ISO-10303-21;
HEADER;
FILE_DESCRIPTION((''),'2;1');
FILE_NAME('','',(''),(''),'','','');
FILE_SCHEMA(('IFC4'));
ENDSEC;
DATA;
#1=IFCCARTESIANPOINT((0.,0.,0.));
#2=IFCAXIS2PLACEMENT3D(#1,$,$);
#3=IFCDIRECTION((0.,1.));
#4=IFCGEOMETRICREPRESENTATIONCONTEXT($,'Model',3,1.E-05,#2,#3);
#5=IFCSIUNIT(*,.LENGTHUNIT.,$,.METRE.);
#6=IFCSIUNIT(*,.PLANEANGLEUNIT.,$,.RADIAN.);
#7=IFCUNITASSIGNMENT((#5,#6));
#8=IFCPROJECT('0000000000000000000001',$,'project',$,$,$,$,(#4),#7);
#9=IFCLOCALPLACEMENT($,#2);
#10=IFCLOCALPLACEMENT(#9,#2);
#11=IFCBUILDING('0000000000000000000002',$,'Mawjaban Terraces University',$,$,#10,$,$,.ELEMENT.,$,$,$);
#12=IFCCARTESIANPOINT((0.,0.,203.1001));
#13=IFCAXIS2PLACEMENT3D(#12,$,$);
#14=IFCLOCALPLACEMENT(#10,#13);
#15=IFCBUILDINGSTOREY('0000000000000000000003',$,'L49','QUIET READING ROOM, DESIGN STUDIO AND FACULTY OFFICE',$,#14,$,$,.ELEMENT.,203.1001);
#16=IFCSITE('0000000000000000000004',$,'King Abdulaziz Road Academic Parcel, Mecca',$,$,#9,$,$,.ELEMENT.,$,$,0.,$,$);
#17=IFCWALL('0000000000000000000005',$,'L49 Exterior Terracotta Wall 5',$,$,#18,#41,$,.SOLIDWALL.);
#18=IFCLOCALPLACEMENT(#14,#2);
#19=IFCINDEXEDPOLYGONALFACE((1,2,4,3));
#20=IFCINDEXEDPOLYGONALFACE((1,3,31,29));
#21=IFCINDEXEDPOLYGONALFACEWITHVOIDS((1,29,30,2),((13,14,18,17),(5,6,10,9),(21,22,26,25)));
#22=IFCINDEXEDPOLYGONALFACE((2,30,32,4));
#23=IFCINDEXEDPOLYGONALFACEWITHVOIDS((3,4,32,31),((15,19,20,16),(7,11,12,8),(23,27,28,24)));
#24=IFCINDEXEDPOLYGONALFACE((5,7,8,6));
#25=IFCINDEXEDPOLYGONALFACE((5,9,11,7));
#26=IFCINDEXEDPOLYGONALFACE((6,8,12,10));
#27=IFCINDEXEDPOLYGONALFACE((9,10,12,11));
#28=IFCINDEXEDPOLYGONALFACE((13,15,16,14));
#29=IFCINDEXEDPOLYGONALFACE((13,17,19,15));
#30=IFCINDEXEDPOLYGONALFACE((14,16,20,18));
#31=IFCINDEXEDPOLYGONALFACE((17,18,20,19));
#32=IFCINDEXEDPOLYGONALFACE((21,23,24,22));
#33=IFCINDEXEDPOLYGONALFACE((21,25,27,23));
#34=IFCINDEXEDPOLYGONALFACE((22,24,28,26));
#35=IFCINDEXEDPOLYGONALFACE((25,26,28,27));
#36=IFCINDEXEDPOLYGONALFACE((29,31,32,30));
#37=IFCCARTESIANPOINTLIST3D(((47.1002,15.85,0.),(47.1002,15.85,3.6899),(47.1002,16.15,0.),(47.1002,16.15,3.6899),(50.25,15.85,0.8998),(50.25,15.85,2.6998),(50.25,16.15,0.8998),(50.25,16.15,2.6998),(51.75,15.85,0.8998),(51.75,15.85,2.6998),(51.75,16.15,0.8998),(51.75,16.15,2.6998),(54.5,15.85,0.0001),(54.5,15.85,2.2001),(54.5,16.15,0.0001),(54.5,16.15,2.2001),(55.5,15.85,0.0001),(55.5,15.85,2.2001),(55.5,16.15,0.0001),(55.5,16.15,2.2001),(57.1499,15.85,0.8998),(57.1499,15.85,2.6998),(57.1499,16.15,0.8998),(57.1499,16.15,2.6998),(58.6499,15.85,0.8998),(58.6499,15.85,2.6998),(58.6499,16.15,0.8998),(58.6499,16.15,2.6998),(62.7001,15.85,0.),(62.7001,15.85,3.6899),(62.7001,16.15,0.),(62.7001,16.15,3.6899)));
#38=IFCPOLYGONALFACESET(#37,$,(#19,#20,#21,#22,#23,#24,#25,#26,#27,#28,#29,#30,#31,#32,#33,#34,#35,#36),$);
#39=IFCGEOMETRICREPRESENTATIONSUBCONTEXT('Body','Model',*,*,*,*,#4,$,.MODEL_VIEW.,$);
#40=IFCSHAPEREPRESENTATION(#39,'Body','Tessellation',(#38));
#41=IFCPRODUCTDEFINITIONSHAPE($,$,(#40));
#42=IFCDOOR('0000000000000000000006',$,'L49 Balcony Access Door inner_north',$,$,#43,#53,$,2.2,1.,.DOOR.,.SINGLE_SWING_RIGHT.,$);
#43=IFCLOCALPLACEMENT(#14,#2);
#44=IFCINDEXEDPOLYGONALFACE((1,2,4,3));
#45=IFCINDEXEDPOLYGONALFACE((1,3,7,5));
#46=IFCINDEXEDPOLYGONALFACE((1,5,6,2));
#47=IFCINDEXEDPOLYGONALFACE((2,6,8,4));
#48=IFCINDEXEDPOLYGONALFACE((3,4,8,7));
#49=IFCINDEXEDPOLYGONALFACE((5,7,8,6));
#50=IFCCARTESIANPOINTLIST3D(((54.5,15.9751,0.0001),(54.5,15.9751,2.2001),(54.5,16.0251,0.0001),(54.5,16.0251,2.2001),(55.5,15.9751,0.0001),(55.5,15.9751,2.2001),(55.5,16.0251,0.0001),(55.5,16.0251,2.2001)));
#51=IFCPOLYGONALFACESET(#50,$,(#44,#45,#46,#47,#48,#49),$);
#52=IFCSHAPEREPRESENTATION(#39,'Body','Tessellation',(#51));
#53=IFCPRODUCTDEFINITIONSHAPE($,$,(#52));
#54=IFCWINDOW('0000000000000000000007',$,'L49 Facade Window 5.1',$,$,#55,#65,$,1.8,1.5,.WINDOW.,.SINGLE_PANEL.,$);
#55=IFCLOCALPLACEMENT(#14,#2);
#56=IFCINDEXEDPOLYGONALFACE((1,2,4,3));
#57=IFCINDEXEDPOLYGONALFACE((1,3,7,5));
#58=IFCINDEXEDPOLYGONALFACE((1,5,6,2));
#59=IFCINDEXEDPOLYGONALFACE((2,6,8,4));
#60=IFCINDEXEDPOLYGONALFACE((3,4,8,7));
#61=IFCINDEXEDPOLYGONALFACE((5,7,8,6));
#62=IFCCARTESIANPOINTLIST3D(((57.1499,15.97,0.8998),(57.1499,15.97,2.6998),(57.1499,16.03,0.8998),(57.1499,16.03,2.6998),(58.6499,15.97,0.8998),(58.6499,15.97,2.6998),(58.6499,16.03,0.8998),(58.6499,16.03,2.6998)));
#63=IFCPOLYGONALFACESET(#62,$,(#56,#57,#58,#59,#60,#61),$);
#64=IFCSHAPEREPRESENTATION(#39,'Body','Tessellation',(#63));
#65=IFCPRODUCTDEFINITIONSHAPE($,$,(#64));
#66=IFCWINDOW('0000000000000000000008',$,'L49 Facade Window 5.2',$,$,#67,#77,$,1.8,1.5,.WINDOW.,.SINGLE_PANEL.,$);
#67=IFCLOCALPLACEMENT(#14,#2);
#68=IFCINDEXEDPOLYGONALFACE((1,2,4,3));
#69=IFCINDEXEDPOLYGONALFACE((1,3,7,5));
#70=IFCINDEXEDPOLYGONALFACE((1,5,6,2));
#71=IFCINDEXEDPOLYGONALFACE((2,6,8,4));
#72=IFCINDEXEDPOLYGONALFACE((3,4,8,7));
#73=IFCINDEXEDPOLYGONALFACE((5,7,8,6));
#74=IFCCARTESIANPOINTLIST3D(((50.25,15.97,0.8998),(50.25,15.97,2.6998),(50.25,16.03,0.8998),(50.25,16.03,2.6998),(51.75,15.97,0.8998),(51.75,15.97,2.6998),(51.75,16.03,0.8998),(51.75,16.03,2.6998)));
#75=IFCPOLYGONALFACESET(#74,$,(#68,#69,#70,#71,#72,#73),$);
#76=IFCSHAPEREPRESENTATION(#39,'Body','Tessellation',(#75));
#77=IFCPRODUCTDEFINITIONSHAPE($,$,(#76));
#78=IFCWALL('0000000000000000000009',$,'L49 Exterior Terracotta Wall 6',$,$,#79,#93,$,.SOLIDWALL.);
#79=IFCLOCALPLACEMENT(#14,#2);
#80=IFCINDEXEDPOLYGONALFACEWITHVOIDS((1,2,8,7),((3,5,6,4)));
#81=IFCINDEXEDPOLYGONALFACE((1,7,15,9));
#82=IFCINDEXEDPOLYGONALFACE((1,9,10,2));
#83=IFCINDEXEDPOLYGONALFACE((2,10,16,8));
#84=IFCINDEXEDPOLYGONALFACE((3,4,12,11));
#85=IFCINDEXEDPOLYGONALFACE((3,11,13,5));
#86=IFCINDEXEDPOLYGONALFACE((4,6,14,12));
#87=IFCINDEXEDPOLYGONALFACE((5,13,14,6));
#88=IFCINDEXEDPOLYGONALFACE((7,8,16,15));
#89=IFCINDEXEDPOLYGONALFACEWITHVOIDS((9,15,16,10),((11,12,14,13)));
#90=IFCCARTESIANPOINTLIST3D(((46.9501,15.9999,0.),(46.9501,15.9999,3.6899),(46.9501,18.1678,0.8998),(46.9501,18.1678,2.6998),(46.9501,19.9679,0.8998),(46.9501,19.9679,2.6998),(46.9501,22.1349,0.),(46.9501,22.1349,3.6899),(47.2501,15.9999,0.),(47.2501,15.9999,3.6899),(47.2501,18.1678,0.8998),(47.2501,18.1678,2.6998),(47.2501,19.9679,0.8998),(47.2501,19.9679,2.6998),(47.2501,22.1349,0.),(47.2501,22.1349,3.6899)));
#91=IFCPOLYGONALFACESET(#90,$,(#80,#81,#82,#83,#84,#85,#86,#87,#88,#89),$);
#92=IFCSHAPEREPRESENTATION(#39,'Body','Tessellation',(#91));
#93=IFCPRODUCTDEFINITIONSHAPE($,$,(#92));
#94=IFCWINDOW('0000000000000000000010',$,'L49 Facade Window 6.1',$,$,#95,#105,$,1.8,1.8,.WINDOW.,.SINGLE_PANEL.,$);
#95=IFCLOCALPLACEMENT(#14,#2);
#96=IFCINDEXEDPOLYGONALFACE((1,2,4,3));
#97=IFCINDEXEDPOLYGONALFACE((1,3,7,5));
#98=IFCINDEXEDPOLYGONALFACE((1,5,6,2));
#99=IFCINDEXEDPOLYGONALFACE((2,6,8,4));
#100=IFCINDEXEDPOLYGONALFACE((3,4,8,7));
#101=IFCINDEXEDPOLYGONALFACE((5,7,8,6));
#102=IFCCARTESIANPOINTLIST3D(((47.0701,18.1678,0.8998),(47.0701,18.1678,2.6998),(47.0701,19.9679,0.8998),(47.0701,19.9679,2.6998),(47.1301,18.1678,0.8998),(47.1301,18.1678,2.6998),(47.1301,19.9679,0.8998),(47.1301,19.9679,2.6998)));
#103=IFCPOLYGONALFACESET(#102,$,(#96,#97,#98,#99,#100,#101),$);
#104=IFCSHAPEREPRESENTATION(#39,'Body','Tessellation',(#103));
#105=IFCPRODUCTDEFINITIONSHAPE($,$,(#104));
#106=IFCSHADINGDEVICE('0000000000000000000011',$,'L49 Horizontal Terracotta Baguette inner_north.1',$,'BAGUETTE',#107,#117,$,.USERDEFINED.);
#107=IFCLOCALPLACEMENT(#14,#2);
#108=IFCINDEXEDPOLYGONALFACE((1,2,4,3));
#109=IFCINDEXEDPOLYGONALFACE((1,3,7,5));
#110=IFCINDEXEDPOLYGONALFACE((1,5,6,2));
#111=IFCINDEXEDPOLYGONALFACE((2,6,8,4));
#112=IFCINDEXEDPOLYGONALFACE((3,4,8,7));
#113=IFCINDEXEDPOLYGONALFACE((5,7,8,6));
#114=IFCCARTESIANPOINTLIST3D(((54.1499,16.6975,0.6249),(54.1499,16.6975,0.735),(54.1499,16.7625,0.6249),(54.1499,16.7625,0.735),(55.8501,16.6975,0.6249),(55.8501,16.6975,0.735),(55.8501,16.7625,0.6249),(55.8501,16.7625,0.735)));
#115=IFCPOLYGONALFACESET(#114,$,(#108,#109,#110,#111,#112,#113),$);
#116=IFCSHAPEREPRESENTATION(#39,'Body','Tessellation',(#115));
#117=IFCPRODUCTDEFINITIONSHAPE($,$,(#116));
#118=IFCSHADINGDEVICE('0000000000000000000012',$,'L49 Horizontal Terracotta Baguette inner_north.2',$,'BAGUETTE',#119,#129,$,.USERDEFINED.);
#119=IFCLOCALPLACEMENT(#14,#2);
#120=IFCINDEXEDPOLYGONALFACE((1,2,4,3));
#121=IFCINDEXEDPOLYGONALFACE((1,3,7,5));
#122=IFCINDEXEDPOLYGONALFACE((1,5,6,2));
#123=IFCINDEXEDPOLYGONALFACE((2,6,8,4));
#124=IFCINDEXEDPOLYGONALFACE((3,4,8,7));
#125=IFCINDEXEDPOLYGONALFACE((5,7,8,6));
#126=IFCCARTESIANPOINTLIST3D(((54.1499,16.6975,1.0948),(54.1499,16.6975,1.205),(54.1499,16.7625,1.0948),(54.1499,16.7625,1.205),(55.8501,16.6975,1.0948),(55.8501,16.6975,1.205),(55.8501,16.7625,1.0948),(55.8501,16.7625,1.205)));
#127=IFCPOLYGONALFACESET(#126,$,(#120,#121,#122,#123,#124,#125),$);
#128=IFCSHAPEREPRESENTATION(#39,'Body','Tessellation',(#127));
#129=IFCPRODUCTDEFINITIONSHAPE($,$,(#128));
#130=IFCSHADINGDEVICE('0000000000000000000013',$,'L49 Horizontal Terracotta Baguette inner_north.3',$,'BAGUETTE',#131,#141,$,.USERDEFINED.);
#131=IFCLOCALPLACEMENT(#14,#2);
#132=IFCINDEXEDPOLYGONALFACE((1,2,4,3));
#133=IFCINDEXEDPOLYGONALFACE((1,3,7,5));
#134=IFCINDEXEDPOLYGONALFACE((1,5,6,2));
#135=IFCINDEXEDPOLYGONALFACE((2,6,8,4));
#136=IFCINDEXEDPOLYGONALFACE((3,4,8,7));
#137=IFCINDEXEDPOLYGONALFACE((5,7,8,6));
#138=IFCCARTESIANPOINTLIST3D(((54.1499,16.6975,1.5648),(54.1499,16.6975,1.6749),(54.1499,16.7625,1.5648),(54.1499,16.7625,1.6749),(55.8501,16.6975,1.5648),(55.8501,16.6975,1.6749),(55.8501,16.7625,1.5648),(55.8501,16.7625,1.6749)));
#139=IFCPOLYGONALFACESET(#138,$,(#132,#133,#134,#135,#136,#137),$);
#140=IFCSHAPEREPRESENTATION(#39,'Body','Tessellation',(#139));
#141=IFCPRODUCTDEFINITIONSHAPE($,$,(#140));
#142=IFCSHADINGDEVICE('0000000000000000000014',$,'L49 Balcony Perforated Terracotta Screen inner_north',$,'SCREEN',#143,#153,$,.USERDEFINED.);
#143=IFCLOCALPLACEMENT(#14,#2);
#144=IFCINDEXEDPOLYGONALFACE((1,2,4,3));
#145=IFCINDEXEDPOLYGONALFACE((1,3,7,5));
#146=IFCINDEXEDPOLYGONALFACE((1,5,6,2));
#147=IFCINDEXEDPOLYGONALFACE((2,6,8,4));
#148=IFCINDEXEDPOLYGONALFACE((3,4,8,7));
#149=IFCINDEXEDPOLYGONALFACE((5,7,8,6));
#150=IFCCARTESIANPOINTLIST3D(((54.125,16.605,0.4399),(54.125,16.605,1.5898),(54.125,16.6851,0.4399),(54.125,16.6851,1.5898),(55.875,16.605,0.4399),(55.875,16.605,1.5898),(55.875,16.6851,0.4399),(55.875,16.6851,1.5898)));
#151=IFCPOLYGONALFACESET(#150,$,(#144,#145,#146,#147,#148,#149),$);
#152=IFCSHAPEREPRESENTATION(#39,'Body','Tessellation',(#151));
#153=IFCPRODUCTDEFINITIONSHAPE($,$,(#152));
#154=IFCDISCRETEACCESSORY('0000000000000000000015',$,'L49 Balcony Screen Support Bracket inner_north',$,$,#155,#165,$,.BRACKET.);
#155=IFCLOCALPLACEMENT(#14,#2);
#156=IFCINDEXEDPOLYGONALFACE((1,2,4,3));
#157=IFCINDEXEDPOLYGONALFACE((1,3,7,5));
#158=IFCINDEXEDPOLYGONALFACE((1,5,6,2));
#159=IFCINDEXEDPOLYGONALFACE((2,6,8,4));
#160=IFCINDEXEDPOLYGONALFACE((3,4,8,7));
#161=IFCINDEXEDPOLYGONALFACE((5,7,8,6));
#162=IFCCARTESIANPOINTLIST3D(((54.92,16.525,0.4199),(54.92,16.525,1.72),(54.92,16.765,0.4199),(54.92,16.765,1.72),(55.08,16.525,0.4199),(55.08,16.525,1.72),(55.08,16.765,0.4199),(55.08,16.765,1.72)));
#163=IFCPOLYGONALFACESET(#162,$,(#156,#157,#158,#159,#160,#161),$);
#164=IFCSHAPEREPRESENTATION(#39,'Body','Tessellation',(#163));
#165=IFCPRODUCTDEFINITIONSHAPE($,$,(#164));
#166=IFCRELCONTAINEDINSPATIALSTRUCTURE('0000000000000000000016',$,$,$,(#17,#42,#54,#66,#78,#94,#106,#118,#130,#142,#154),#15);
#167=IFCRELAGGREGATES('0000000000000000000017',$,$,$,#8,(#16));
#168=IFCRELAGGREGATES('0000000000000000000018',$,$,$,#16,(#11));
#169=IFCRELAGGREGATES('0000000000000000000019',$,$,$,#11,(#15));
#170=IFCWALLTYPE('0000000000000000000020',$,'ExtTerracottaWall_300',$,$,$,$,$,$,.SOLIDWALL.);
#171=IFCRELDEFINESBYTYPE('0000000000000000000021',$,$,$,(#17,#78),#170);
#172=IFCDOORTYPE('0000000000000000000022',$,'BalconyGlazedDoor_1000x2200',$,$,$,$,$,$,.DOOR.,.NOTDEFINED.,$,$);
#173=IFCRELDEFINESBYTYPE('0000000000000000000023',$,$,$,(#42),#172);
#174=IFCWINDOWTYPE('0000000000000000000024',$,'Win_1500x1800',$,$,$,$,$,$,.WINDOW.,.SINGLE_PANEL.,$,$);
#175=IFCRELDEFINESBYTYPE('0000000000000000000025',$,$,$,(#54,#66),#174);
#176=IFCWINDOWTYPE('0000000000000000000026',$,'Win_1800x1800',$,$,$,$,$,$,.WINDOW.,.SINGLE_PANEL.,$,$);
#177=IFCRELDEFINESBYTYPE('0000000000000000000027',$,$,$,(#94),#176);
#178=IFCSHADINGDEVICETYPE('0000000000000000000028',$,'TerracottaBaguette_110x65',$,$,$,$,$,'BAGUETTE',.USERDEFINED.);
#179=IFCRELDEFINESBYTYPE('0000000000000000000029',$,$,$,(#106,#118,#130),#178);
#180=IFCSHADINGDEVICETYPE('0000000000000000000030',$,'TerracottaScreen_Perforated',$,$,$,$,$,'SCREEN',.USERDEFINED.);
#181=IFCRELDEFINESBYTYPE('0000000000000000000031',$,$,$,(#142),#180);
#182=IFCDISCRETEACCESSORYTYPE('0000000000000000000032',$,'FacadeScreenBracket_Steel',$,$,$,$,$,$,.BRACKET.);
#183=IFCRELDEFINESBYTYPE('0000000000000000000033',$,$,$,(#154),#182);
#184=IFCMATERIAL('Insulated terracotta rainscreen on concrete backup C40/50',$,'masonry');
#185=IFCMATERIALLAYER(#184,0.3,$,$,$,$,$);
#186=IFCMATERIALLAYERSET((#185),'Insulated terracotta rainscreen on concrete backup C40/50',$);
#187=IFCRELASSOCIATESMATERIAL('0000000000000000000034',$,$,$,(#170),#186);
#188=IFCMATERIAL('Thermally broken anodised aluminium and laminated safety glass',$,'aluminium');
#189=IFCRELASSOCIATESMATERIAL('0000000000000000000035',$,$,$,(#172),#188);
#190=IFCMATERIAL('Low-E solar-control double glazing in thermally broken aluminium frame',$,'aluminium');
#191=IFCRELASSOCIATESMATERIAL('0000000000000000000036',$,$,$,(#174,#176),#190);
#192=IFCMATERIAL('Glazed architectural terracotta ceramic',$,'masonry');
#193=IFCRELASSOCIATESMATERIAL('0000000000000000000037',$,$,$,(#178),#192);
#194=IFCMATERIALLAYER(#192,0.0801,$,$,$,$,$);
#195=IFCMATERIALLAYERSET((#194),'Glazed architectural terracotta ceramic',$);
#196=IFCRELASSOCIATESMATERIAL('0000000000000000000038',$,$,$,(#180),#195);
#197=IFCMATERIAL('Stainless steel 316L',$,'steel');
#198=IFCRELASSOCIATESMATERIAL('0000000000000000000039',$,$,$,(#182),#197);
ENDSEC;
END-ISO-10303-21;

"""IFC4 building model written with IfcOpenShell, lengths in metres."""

from ifc_helpers import new_model, si_unit, direction, frame, frame_2d, origin, origin_2d, place, context, subcontext, project, spatial, rectangle, extrude, material, layer, layer_set, material_profile, profile_set, type_object, element, fill, save


model = new_model("IFC4")

# Units and contexts
model_context = context("Model", 3, precision=1e-05, world=origin(), true_north=direction((0.0, 1.0)))
body_context = subcontext(model_context, "Body", "Model", "MODEL_VIEW")
ifc_project = project(units=[si_unit("LENGTHUNIT", "METRE"), si_unit("PLANEANGLEUNIT", "RADIAN")], contexts=[model_context])

# Site, building, storey
site_placement = place(None, origin())
site = spatial("IfcSite", under=ifc_project, at=site_placement, Name="King Abdulaziz Road Academic Parcel, Mecca", CompositionType="ELEMENT", RefElevation=0.0)
building_placement = place(site_placement, origin())
building = spatial("IfcBuilding", under=site, at=building_placement, Name="Mawjaban Terraces University", CompositionType="ELEMENT")
storey_placement = place(building_placement, frame((0.0, 0.0, 203.1001)))
storey = spatial("IfcBuildingStorey", under=building, at=storey_placement, Name="L49", Description="QUIET READING ROOM, DESIGN STUDIO AND FACULTY OFFICE", CompositionType="ELEMENT", Elevation=203.1001)

# Wall, openings, door, windows
ifc_material_1 = material(Name="Insulated terracotta rainscreen on concrete backup C40/50", Category="masonry")
ifc_layer_1 = layer(ifc_material_1, 0.3)
ifc_layer_set_1 = layer_set([ifc_layer_1], Name="Insulated terracotta rainscreen on concrete backup C40/50")
wall_type = type_object("IfcWallType", Name="ExtTerracottaWall_300", PredefinedType="SOLIDWALL", material=ifc_layer_set_1)
wall_1_placement = place(storey_placement, frame((62.7, 16.0, 0.0), z_axis=(0.0, 0.0, 1.0), x_axis=(-1.0, 0.0, 0.0)))
wall_1 = element("IfcWall", 1, at=wall_1_placement, inside=storey, type_object=wall_type, Name="L49 Exterior Terracotta Wall 5", PredefinedType="SOLIDWALL", context=body_context, shape_type="SweptSolid", body=[
    extrude(rectangle(XDim=15.5999, YDim=0.3, at=frame_2d((7.7998, 0.0))), origin(), (0.0, 0.0, 1.0), 3.6899),
])
opening_1_placement = place(wall_1_placement, frame((7.2, 0.0, 0.0)))
opening_1 = element("IfcOpeningElement", 2, at=opening_1_placement, cuts=wall_1, PredefinedType="OPENING", context=body_context, shape_type="SweptSolid", body=[
    extrude(rectangle(XDim=1.0, YDim=2.2, at=frame_2d((0.5, 1.1001))), frame((0.0, 0.1599, 0.0), z_axis=(0.0, -1.0, 0.0), x_axis=(1.0, 0.0, 0.0)), (0.0, 0.0, 1.0), 0.3201),
])
opening_2_placement = place(wall_1_placement, frame((4.05, 0.0, 0.8999)))
opening_2 = element("IfcOpeningElement", 3, at=opening_2_placement, cuts=wall_1, PredefinedType="OPENING", context=body_context, shape_type="SweptSolid", body=[
    extrude(rectangle(XDim=1.5, YDim=1.8, at=frame_2d((0.75, 0.8999))), frame((0.0, 0.1599, 0.0), z_axis=(0.0, -1.0, 0.0), x_axis=(1.0, 0.0, 0.0)), (0.0, 0.0, 1.0), 0.3201),
])
opening_3_placement = place(wall_1_placement, frame((10.95, 0.0, 0.8999)))
opening_3 = element("IfcOpeningElement", 4, at=opening_3_placement, cuts=wall_1, PredefinedType="OPENING", context=body_context, shape_type="SweptSolid", body=[
    extrude(rectangle(XDim=1.5, YDim=1.8, at=frame_2d((0.75, 0.8999))), frame((0.0, 0.1599, 0.0), z_axis=(0.0, -1.0, 0.0), x_axis=(1.0, 0.0, 0.0)), (0.0, 0.0, 1.0), 0.3201),
])
ifc_material_2 = material(Name="Thermally broken anodised aluminium and laminated safety glass", Category="aluminium")
door_type = type_object("IfcDoorType", Name="BalconyGlazedDoor_1000x2200", OperationType="NOTDEFINED", PredefinedType="DOOR", material=ifc_material_2)
door_placement = place(opening_1_placement, origin())
door = element("IfcDoor", 5, at=door_placement, inside=storey, type_object=door_type, Name="L49 Balcony Access Door inner_north", OperationType="SINGLE_SWING_RIGHT", OverallHeight=2.2, OverallWidth=1.0, PredefinedType="DOOR", context=body_context, shape_type="SweptSolid", body=[
    extrude(rectangle(XDim=1.0, YDim=2.2, at=frame_2d((0.5, 1.1001))), frame((0.0, 0.0249, 0.0), z_axis=(0.0, -1.0, 0.0), x_axis=(1.0, 0.0, 0.0)), (0.0, 0.0, 1.0), 0.05),
])
fill(opening_1, door)
ifc_material_3 = material(Name="Low-E solar-control double glazing in thermally broken aluminium frame", Category="aluminium")
window_type_1 = type_object("IfcWindowType", Name="Win_1500x1800", PartitioningType="SINGLE_PANEL", PredefinedType="WINDOW", material=ifc_material_3)
window_1_placement = place(opening_2_placement, origin())
window_1 = element("IfcWindow", 6, at=window_1_placement, inside=storey, type_object=window_type_1, Name="L49 Facade Window 5.1", OverallHeight=1.8, OverallWidth=1.5, PartitioningType="SINGLE_PANEL", PredefinedType="WINDOW", context=body_context, shape_type="SweptSolid", body=[
    extrude(rectangle(XDim=1.5, YDim=1.8, at=frame_2d((0.75, 0.8999))), frame((0.0, 0.03, 0.0), z_axis=(0.0, -1.0, 0.0), x_axis=(1.0, 0.0, 0.0)), (0.0, 0.0, 1.0), 0.0601),
])
fill(opening_2, window_1)
window_2_placement = place(opening_3_placement, origin())
window_2 = element("IfcWindow", 7, at=window_2_placement, inside=storey, type_object=window_type_1, Name="L49 Facade Window 5.2", OverallHeight=1.8, OverallWidth=1.5, PartitioningType="SINGLE_PANEL", PredefinedType="WINDOW", context=body_context, shape_type="SweptSolid", body=[
    extrude(rectangle(XDim=1.5, YDim=1.8, at=frame_2d((0.75, 0.8999))), frame((0.0, 0.03, 0.0), z_axis=(0.0, -1.0, 0.0), x_axis=(1.0, 0.0, 0.0)), (0.0, 0.0, 1.0), 0.0601),
])
fill(opening_3, window_2)

# Wall, opening, window
wall_2_placement = place(storey_placement, frame((47.1001, 16.0, 0.0), z_axis=(0.0, 0.0, 1.0), x_axis=(0.0, 1.0, 0.0)))
wall_2 = element("IfcWall", 8, at=wall_2_placement, inside=storey, type_object=wall_type, Name="L49 Exterior Terracotta Wall 6", PredefinedType="SOLIDWALL", context=body_context, shape_type="SweptSolid", body=[
    extrude(rectangle(XDim=6.135, YDim=0.3, at=frame_2d((3.0674, 0.0))), origin(), (0.0, 0.0, 1.0), 3.6899),
])
opening_4_placement = place(wall_2_placement, frame((2.168, 0.0, 0.8999)))
opening_4 = element("IfcOpeningElement", 9, at=opening_4_placement, cuts=wall_2, PredefinedType="OPENING", context=body_context, shape_type="SweptSolid", body=[
    extrude(rectangle(XDim=1.8, YDim=1.8, at=frame_2d((0.8999, 0.8999))), frame((0.0, 0.1599, 0.0), z_axis=(0.0, -1.0, 0.0), x_axis=(1.0, 0.0, 0.0)), (0.0, 0.0, 1.0), 0.3201),
])
window_type_2 = type_object("IfcWindowType", Name="Win_1800x1800", PartitioningType="SINGLE_PANEL", PredefinedType="WINDOW", material=ifc_material_3)
window_3_placement = place(opening_4_placement, origin())
window_3 = element("IfcWindow", 10, at=window_3_placement, inside=storey, type_object=window_type_2, Name="L49 Facade Window 6.1", OverallHeight=1.8, OverallWidth=1.8, PartitioningType="SINGLE_PANEL", PredefinedType="WINDOW", context=body_context, shape_type="SweptSolid", body=[
    extrude(rectangle(XDim=1.8, YDim=1.8, at=frame_2d((0.8999, 0.8999))), frame((0.0, 0.03, 0.0), z_axis=(0.0, -1.0, 0.0), x_axis=(1.0, 0.0, 0.0)), (0.0, 0.0, 1.0), 0.0601),
])
fill(opening_4, window_3)

# Shading devices
ifc_material_4 = material(Name="Glazed architectural terracotta ceramic", Category="masonry")
ifc_material_profile_1 = material_profile(ifc_material_4, rectangle(XDim=0.0649, YDim=0.1101, at=origin_2d()), Name="TBAG110X65")
ifc_profile_set_1 = profile_set([ifc_material_profile_1], Name="Glazed architectural terracotta ceramic")
shading_device_type_1 = type_object("IfcShadingDeviceType", Name="TerracottaBaguette_110x65", ElementType="BAGUETTE", PredefinedType="USERDEFINED", material=ifc_profile_set_1)
for number, where, z_axis, x_axis, name in (
    (11, (54.1499, 16.73, 0.6799), (1.0, 0.0, 0.0), (0.0, 1.0, 0.0), "L49 Horizontal Terracotta Baguette inner_north.1"),
    (12, (54.1499, 16.73, 1.1499), (1.0, 0.0, 0.0), (0.0, 1.0, 0.0), "L49 Horizontal Terracotta Baguette inner_north.2"),
    (13, (54.1499, 16.73, 1.6199), (1.0, 0.0, 0.0), (0.0, 1.0, 0.0), "L49 Horizontal Terracotta Baguette inner_north.3"),
):
    element("IfcShadingDevice", number, at=place(storey_placement, frame(where, z_axis=z_axis, x_axis=x_axis)), inside=storey, type_object=shading_device_type_1, Name=name, ObjectType="BAGUETTE", PredefinedType="USERDEFINED", context=body_context, shape_type="SweptSolid", body=[
        extrude(rectangle(XDim=0.0649, YDim=0.1101, at=origin_2d()), origin(), (0.0, 0.0, 1.0), 1.7002),
    ])
ifc_layer_2 = layer(ifc_material_4, 0.0801)
ifc_layer_set_2 = layer_set([ifc_layer_2], Name="Glazed architectural terracotta ceramic")
shading_device_type_2 = type_object("IfcShadingDeviceType", Name="TerracottaScreen_Perforated", ElementType="SCREEN", PredefinedType="USERDEFINED", material=ifc_layer_set_2)
shading_device_placement = place(storey_placement, frame((55.0, 16.645, 0.4399), z_axis=(0.0, 0.0, 1.0), x_axis=(1.0, 0.0, 0.0)))
element("IfcShadingDevice", 14, at=shading_device_placement, inside=storey, type_object=shading_device_type_2, Name="L49 Balcony Perforated Terracotta Screen inner_north", ObjectType="SCREEN", PredefinedType="USERDEFINED", context=body_context, shape_type="SweptSolid", body=[
    extrude(rectangle(XDim=1.75, YDim=0.0801, at=origin_2d()), origin(), (0.0, 0.0, 1.0), 1.1499),
])

# Discrete accessory
ifc_material_5 = material(Name="Stainless steel 316L", Category="steel")
discrete_accessory_type_1 = type_object("IfcDiscreteAccessoryType", Name="FacadeScreenBracket_Steel", PredefinedType="BRACKET", material=ifc_material_5)
discrete_accessory_1_placement = place(storey_placement, frame((55.0, 16.645, 0.4199), z_axis=(0.0, 0.0, 1.0), x_axis=(1.0, 0.0, 0.0)))
element("IfcDiscreteAccessory", 15, at=discrete_accessory_1_placement, inside=storey, type_object=discrete_accessory_type_1, Name="L49 Balcony Screen Support Bracket inner_north", PredefinedType="BRACKET", context=body_context, shape_type="SweptSolid", body=[
    extrude(rectangle(XDim=0.1599, YDim=0.24, at=origin_2d()), origin(), (0.0, 0.0, 1.0), 1.3),
])

save(model, "model.ifc")
